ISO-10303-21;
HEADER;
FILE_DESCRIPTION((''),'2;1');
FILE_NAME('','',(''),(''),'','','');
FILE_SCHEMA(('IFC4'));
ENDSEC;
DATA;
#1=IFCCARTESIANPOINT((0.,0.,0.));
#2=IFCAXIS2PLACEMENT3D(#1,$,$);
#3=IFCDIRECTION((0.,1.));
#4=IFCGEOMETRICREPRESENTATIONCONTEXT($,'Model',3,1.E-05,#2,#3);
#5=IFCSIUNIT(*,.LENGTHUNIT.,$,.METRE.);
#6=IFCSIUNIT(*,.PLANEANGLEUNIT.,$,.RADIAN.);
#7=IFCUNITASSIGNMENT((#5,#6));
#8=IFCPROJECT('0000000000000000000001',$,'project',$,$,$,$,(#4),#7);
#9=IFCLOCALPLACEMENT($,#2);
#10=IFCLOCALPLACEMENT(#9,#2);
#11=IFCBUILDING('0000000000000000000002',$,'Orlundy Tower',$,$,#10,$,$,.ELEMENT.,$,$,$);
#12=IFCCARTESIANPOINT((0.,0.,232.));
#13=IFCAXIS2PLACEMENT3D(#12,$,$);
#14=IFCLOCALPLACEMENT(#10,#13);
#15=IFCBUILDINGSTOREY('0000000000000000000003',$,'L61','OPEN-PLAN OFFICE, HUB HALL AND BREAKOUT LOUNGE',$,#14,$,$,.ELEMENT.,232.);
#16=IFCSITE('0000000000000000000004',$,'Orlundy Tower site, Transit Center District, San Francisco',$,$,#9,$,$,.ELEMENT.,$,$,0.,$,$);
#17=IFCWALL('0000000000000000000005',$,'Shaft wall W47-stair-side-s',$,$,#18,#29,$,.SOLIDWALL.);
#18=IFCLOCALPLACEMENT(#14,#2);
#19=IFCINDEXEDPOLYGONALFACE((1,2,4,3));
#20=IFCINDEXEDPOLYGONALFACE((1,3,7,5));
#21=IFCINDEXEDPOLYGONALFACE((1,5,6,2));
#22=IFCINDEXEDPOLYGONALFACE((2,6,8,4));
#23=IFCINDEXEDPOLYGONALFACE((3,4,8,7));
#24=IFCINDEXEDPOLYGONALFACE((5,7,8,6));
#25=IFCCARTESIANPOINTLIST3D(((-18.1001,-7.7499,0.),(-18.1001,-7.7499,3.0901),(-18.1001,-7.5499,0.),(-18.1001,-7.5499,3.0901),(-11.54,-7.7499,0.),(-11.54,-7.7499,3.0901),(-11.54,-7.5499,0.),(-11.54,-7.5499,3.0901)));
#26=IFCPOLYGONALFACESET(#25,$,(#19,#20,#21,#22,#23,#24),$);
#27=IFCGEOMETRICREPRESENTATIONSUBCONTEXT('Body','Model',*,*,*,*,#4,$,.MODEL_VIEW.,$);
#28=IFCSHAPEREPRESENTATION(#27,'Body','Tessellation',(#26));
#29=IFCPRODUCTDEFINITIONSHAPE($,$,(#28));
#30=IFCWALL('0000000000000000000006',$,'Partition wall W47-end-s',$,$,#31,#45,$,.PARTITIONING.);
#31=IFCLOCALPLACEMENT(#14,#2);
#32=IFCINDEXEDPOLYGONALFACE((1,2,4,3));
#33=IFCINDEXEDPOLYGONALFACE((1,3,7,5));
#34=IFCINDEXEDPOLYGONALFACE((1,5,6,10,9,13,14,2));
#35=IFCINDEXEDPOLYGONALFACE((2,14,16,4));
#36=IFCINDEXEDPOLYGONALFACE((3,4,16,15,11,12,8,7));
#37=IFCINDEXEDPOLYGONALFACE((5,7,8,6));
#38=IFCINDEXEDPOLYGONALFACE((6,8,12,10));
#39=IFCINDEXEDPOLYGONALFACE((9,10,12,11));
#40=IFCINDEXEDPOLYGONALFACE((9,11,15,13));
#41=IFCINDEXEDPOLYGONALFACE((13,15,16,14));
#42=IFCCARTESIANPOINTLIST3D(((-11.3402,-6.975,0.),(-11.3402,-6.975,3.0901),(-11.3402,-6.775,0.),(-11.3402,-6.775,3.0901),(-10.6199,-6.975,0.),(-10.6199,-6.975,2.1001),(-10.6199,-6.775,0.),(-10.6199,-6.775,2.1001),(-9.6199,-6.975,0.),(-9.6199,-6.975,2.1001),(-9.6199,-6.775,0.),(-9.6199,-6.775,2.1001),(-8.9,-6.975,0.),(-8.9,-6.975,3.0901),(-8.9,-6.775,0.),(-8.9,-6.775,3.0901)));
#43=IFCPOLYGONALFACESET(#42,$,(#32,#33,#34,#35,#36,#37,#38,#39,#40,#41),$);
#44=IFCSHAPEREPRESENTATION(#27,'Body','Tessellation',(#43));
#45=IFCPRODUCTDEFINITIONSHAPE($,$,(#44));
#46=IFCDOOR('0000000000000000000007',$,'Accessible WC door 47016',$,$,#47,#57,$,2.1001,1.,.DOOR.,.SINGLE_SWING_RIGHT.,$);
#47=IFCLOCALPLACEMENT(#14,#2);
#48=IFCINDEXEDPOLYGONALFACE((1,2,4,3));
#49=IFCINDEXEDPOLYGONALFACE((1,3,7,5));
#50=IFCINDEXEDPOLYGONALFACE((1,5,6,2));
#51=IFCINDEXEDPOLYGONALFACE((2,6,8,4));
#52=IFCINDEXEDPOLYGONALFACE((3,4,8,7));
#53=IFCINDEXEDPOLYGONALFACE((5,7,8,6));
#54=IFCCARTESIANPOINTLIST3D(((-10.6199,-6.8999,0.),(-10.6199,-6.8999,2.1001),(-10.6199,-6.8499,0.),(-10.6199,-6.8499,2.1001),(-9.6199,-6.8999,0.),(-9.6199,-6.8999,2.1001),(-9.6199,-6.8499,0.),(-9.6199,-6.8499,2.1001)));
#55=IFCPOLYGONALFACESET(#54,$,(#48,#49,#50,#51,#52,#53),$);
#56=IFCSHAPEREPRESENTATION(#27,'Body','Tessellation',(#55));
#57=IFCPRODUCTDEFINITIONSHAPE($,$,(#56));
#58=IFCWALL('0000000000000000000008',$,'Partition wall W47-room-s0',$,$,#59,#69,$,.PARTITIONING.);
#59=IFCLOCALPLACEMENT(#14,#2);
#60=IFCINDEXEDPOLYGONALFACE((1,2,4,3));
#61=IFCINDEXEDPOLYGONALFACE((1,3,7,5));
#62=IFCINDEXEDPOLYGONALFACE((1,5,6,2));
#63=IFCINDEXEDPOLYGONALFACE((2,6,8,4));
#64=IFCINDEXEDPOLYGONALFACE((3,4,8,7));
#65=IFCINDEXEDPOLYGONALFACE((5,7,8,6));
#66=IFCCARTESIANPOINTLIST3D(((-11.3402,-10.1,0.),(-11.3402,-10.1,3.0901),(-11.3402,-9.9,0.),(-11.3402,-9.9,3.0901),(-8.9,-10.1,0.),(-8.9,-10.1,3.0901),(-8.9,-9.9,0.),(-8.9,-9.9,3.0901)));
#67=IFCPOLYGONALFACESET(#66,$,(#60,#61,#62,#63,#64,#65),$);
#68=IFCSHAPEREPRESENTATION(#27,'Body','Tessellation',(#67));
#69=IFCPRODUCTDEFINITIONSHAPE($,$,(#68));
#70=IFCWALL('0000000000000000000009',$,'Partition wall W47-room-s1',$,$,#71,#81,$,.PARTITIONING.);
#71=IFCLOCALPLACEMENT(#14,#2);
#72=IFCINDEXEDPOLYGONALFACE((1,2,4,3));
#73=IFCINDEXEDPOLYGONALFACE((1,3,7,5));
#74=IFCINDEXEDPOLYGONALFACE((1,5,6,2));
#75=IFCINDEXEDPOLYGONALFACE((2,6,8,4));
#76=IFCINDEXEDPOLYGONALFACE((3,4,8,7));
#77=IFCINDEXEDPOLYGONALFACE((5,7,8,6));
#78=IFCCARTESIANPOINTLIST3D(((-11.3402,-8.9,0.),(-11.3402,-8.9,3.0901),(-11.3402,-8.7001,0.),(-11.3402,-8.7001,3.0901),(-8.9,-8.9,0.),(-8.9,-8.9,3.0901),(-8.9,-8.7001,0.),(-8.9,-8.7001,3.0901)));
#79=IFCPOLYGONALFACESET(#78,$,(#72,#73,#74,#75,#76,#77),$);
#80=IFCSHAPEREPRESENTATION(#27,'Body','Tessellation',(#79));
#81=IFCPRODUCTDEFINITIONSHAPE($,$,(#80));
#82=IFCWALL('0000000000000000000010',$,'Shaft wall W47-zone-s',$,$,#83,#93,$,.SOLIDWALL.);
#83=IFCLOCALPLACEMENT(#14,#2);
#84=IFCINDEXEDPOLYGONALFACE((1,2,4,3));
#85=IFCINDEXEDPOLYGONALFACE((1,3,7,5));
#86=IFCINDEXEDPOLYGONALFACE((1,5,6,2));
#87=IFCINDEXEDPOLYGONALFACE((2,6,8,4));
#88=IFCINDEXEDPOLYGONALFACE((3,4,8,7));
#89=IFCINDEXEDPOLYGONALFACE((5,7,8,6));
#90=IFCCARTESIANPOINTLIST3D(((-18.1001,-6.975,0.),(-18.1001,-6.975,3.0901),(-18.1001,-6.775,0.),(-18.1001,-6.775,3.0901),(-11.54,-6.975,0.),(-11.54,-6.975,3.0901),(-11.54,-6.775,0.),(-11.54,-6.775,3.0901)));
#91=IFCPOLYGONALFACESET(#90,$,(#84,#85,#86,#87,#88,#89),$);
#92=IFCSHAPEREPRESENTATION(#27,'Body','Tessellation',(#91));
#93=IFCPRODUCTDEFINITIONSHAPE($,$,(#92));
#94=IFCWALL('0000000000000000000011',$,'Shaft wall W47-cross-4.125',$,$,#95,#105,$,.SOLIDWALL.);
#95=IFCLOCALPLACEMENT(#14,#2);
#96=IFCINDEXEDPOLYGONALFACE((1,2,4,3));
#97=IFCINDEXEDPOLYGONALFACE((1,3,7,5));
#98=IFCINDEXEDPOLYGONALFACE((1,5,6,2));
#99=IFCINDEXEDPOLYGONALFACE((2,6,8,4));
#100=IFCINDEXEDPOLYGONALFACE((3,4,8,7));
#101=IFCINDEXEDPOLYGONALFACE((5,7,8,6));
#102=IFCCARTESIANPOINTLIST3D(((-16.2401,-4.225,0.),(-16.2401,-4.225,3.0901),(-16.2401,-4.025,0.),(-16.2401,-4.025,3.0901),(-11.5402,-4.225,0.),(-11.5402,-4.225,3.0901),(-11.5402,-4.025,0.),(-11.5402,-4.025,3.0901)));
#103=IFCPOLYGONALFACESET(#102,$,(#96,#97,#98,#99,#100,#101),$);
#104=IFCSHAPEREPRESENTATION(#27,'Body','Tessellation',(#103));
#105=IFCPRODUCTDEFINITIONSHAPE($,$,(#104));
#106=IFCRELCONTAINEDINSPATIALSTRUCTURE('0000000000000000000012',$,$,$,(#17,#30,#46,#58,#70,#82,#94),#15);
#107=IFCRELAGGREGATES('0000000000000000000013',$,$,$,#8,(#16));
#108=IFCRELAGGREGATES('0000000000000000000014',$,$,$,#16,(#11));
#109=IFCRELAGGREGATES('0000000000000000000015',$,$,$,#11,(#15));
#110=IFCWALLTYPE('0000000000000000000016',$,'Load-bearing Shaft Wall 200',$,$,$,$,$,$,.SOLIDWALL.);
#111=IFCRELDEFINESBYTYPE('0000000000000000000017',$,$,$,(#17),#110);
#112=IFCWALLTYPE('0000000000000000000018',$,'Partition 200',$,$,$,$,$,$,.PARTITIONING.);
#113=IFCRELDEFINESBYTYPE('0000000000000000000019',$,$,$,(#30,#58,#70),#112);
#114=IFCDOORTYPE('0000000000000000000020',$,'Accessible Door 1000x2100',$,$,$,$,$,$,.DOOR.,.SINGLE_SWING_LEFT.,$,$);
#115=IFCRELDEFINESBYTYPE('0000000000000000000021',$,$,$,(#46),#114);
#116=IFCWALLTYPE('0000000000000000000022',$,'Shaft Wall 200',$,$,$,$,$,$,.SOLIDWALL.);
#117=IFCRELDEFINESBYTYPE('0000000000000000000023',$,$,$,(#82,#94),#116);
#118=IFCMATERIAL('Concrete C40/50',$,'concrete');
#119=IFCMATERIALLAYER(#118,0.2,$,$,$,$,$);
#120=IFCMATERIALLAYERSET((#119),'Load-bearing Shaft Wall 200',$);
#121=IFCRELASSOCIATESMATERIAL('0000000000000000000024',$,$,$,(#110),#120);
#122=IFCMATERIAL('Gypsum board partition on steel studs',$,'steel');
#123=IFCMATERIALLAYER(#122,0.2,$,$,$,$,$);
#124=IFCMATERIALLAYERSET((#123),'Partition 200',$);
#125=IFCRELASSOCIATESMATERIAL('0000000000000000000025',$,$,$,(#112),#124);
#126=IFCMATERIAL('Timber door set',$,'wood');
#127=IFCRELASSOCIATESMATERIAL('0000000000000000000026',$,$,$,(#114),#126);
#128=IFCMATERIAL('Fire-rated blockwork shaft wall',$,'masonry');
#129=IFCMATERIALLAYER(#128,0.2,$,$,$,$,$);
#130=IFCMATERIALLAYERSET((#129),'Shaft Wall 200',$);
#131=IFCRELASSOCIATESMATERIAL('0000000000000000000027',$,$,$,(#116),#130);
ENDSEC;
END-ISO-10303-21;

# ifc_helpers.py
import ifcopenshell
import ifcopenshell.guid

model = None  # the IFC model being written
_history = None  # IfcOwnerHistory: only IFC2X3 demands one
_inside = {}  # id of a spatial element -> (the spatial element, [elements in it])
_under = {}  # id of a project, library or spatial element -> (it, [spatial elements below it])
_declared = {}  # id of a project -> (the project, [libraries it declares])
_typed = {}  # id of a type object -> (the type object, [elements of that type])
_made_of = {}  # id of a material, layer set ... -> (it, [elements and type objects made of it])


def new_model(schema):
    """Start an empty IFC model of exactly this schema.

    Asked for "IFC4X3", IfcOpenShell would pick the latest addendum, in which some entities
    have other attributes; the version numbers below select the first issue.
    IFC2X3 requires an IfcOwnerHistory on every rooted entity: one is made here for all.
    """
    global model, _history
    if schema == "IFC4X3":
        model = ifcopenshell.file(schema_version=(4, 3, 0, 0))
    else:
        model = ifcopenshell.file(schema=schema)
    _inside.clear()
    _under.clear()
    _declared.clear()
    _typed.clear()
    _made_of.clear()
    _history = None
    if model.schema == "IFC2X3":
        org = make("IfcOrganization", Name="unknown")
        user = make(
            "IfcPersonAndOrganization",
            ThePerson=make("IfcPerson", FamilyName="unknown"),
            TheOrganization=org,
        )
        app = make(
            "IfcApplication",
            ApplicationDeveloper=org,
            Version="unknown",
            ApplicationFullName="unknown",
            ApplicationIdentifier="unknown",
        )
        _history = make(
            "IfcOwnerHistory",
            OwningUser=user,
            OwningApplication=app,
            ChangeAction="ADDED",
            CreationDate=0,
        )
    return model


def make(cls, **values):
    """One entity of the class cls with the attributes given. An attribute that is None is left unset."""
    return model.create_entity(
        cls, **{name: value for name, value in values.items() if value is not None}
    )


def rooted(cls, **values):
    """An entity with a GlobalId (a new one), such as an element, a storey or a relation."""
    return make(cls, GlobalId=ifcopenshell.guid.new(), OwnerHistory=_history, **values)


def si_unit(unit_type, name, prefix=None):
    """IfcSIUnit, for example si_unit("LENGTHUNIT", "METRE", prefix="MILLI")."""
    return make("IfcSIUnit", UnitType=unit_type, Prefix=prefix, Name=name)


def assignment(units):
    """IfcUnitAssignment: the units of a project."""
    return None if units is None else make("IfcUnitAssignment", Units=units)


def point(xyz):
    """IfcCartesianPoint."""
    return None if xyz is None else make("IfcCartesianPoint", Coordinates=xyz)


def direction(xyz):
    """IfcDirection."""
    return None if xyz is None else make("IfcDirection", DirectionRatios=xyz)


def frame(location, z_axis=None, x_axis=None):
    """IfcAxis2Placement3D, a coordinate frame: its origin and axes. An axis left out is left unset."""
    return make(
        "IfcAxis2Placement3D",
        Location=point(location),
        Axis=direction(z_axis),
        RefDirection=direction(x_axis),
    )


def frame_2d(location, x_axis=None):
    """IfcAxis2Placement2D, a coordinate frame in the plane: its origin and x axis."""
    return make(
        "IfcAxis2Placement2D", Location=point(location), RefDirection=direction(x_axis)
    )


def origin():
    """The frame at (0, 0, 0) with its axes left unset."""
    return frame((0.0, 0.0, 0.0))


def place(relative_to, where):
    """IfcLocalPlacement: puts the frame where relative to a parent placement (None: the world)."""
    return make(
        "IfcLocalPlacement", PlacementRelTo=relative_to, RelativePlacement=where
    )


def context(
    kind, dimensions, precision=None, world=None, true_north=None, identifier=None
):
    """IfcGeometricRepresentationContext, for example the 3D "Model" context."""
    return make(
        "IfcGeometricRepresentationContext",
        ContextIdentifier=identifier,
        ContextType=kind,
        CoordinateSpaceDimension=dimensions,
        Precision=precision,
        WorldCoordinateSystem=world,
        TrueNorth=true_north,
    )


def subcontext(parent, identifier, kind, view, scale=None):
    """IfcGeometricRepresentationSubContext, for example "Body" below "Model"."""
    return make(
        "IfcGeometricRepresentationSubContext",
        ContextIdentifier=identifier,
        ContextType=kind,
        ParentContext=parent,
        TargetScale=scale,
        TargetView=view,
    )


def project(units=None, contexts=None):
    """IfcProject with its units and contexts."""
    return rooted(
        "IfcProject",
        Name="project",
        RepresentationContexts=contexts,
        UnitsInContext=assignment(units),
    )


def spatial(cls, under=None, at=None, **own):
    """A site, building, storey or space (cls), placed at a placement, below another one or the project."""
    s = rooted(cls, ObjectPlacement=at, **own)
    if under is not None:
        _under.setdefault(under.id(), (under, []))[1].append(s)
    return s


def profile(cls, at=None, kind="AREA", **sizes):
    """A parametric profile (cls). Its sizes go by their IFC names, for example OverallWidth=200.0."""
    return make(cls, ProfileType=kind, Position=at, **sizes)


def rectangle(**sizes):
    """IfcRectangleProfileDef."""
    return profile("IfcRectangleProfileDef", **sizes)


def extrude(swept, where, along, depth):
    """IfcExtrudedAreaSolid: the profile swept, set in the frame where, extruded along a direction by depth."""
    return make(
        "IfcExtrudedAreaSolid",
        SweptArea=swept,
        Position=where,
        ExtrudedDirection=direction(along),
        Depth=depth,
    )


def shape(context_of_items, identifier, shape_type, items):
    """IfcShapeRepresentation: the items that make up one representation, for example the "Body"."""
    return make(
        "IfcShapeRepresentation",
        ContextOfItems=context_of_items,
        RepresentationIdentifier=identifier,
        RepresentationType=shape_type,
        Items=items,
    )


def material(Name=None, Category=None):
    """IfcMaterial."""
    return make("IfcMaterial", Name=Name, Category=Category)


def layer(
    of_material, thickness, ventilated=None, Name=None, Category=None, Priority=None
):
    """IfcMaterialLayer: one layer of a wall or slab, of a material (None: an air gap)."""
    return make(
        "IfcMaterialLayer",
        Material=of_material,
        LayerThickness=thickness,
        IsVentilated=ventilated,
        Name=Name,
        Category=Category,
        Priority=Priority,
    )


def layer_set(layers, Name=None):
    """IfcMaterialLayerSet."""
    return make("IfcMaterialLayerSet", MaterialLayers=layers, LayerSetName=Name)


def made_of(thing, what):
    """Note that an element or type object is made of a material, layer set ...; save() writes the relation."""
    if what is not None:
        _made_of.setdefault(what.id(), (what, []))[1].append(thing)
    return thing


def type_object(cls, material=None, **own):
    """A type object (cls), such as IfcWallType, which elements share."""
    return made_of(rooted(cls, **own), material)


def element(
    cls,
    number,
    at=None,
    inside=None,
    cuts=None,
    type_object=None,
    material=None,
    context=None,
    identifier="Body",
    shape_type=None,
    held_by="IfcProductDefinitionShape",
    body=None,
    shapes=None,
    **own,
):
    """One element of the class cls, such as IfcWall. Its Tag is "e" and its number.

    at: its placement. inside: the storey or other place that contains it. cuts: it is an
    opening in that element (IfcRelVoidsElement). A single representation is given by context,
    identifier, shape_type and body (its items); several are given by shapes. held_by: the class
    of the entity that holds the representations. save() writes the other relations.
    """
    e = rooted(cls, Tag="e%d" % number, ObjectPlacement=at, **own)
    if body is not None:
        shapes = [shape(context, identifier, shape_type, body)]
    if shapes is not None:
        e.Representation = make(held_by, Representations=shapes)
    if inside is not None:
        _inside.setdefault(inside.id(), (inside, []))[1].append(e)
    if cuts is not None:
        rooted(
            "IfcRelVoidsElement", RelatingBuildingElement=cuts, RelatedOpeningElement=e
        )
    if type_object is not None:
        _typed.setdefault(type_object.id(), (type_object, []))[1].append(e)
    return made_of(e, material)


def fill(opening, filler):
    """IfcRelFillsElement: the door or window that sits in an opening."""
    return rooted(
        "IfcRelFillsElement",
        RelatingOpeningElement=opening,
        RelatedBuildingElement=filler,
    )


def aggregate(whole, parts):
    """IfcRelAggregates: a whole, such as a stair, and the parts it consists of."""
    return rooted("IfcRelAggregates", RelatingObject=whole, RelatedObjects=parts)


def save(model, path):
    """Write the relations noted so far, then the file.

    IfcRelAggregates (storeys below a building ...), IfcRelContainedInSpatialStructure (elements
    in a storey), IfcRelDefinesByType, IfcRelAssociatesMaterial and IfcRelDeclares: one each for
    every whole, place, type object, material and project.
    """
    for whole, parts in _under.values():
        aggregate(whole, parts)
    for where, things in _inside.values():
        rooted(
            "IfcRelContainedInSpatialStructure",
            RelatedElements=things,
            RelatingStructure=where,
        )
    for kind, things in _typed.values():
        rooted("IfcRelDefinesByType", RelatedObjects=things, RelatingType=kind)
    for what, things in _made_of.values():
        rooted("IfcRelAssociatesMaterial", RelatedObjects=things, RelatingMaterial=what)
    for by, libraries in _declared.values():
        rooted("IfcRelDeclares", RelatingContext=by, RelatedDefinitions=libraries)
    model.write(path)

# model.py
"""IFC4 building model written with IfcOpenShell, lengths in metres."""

from ifc_helpers import new_model, si_unit, direction, frame, frame_2d, origin, place, context, subcontext, project, spatial, rectangle, extrude, material, layer, layer_set, type_object, element, fill, save


model = new_model("IFC4")

# Units and contexts
model_context = context("Model", 3, precision=1e-05, world=origin(), true_north=direction((0.0, 1.0)))
body_context = subcontext(model_context, "Body", "Model", "MODEL_VIEW")
ifc_project = project(units=[si_unit("LENGTHUNIT", "METRE"), si_unit("PLANEANGLEUNIT", "RADIAN")], contexts=[model_context])

# Site, building, storey
site_placement = place(None, origin())
site = spatial("IfcSite", under=ifc_project, at=site_placement, Name="Orlundy Tower site, Transit Center District, San Francisco", CompositionType="ELEMENT", RefElevation=0.0)
building_placement = place(site_placement, origin())
building = spatial("IfcBuilding", under=site, at=building_placement, Name="Orlundy Tower", CompositionType="ELEMENT")
storey_placement = place(building_placement, frame((0.0, 0.0, 232.0)))
storey = spatial("IfcBuildingStorey", under=building, at=storey_placement, Name="L61", Description="OPEN-PLAN OFFICE, HUB HALL AND BREAKOUT LOUNGE", CompositionType="ELEMENT", Elevation=232.0)

# Wall
ifc_material_1 = material(Name="Concrete C40/50", Category="concrete")
ifc_layer_1 = layer(ifc_material_1, 0.2)
ifc_layer_set_1 = layer_set([ifc_layer_1], Name="Load-bearing Shaft Wall 200")
wall_type_1 = type_object("IfcWallType", Name="Load-bearing Shaft Wall 200", PredefinedType="SOLIDWALL", material=ifc_layer_set_1)
wall_1_placement = place(storey_placement, frame((-11.54, -7.6499, 0.0), z_axis=(0.0, 0.0, 1.0), x_axis=(-1.0, 0.0, 0.0)))
element("IfcWall", 1, at=wall_1_placement, inside=storey, type_object=wall_type_1, Name="Shaft wall W47-stair-side-s", PredefinedType="SOLIDWALL", context=body_context, shape_type="SweptSolid", body=[
    extrude(rectangle(XDim=6.5601, YDim=0.2, at=frame_2d((3.28, 0.0))), origin(), (0.0, 0.0, 1.0), 3.0901),
])

# Wall, opening, door
ifc_material_2 = material(Name="Gypsum board partition on steel studs", Category="steel")
ifc_layer_2 = layer(ifc_material_2, 0.2)
ifc_layer_set_2 = layer_set([ifc_layer_2], Name="Partition 200")
wall_type_2 = type_object("IfcWallType", Name="Partition 200", PredefinedType="PARTITIONING", material=ifc_layer_set_2)
wall_2_placement = place(storey_placement, frame((-8.8999, -6.875, 0.0), z_axis=(0.0, 0.0, 1.0), x_axis=(-1.0, 0.0, 0.0)))
wall_2 = element("IfcWall", 2, at=wall_2_placement, inside=storey, type_object=wall_type_2, Name="Partition wall W47-end-s", PredefinedType="PARTITIONING", context=body_context, shape_type="SweptSolid", body=[
    extrude(rectangle(XDim=2.4402, YDim=0.2, at=frame_2d((1.2202, 0.0))), origin(), (0.0, 0.0, 1.0), 3.0901),
])
opening_1_placement = place(wall_2_placement, frame((0.72, 0.0, 0.0)))
opening_1 = element("IfcOpeningElement", 3, at=opening_1_placement, cuts=wall_2, PredefinedType="OPENING", context=body_context, shape_type="SweptSolid", body=[
    extrude(rectangle(XDim=1.0, YDim=2.1001, at=frame_2d((0.5, 1.05))), frame((0.0, 0.1101, 0.0), z_axis=(0.0, -1.0, 0.0), x_axis=(1.0, 0.0, 0.0)), (0.0, 0.0, 1.0), 0.2202),
])
ifc_material_3 = material(Name="Timber door set", Category="wood")
door_type_1 = type_object("IfcDoorType", Name="Accessible Door 1000x2100", OperationType="SINGLE_SWING_LEFT", PredefinedType="DOOR", material=ifc_material_3)
door_1_placement = place(opening_1_placement, origin())
door_1 = element("IfcDoor", 4, at=door_1_placement, inside=storey, type_object=door_type_1, Name="Accessible WC door 47016", OperationType="SINGLE_SWING_RIGHT", OverallHeight=2.1001, OverallWidth=1.0, PredefinedType="DOOR", context=body_context, shape_type="SweptSolid", body=[
    extrude(rectangle(XDim=1.0, YDim=2.1001, at=frame_2d((0.5, 1.05))), frame((0.0, 0.0249, 0.0), z_axis=(0.0, -1.0, 0.0), x_axis=(1.0, 0.0, 0.0)), (0.0, 0.0, 1.0), 0.05),
])
fill(opening_1, door_1)

# Walls
for number, where, z_axis, x_axis, name in (
    (5, (-8.8999, -10.0, 0.0), (0.0, 0.0, 1.0), (-1.0, 0.0, 0.0), "Partition wall W47-room-s0"),
    (6, (-8.8999, -8.8, 0.0), (0.0, 0.0, 1.0), (-1.0, 0.0, 0.0), "Partition wall W47-room-s1"),
):
    element("IfcWall", number, at=place(storey_placement, frame(where, z_axis=z_axis, x_axis=x_axis)), inside=storey, type_object=wall_type_2, Name=name, PredefinedType="PARTITIONING", context=body_context, shape_type="SweptSolid", body=[
        extrude(rectangle(XDim=2.4402, YDim=0.2, at=frame_2d((1.2202, 0.0))), origin(), (0.0, 0.0, 1.0), 3.0901),
    ])
ifc_material_4 = material(Name="Fire-rated blockwork shaft wall", Category="masonry")
ifc_layer_3 = layer(ifc_material_4, 0.2)
ifc_layer_set_3 = layer_set([ifc_layer_3], Name="Shaft Wall 200")
wall_type_3 = type_object("IfcWallType", Name="Shaft Wall 200", PredefinedType="SOLIDWALL", material=ifc_layer_set_3)
wall_3_placement = place(storey_placement, frame((-11.54, -6.875, 0.0), z_axis=(0.0, 0.0, 1.0), x_axis=(-1.0, 0.0, 0.0)))
element("IfcWall", 7, at=wall_3_placement, inside=storey, type_object=wall_type_3, Name="Shaft wall W47-zone-s", PredefinedType="SOLIDWALL", context=body_context, shape_type="SweptSolid", body=[
    extrude(rectangle(XDim=6.5601, YDim=0.2, at=frame_2d((3.28, 0.0))), origin(), (0.0, 0.0, 1.0), 3.0901),
])
wall_4_placement = place(storey_placement, frame((-11.54, -4.125, 0.0), z_axis=(0.0, 0.0, 1.0), x_axis=(-1.0, 0.0, 0.0)))
element("IfcWall", 8, at=wall_4_placement, inside=storey, type_object=wall_type_3, Name="Shaft wall W47-cross-4.125", PredefinedType="SOLIDWALL", context=body_context, shape_type="SweptSolid", body=[
    extrude(rectangle(XDim=4.7, YDim=0.2, at=frame_2d((2.3501, 0.0))), origin(), (0.0, 0.0, 1.0), 3.0901),
])

save(model, "model.ifc")
